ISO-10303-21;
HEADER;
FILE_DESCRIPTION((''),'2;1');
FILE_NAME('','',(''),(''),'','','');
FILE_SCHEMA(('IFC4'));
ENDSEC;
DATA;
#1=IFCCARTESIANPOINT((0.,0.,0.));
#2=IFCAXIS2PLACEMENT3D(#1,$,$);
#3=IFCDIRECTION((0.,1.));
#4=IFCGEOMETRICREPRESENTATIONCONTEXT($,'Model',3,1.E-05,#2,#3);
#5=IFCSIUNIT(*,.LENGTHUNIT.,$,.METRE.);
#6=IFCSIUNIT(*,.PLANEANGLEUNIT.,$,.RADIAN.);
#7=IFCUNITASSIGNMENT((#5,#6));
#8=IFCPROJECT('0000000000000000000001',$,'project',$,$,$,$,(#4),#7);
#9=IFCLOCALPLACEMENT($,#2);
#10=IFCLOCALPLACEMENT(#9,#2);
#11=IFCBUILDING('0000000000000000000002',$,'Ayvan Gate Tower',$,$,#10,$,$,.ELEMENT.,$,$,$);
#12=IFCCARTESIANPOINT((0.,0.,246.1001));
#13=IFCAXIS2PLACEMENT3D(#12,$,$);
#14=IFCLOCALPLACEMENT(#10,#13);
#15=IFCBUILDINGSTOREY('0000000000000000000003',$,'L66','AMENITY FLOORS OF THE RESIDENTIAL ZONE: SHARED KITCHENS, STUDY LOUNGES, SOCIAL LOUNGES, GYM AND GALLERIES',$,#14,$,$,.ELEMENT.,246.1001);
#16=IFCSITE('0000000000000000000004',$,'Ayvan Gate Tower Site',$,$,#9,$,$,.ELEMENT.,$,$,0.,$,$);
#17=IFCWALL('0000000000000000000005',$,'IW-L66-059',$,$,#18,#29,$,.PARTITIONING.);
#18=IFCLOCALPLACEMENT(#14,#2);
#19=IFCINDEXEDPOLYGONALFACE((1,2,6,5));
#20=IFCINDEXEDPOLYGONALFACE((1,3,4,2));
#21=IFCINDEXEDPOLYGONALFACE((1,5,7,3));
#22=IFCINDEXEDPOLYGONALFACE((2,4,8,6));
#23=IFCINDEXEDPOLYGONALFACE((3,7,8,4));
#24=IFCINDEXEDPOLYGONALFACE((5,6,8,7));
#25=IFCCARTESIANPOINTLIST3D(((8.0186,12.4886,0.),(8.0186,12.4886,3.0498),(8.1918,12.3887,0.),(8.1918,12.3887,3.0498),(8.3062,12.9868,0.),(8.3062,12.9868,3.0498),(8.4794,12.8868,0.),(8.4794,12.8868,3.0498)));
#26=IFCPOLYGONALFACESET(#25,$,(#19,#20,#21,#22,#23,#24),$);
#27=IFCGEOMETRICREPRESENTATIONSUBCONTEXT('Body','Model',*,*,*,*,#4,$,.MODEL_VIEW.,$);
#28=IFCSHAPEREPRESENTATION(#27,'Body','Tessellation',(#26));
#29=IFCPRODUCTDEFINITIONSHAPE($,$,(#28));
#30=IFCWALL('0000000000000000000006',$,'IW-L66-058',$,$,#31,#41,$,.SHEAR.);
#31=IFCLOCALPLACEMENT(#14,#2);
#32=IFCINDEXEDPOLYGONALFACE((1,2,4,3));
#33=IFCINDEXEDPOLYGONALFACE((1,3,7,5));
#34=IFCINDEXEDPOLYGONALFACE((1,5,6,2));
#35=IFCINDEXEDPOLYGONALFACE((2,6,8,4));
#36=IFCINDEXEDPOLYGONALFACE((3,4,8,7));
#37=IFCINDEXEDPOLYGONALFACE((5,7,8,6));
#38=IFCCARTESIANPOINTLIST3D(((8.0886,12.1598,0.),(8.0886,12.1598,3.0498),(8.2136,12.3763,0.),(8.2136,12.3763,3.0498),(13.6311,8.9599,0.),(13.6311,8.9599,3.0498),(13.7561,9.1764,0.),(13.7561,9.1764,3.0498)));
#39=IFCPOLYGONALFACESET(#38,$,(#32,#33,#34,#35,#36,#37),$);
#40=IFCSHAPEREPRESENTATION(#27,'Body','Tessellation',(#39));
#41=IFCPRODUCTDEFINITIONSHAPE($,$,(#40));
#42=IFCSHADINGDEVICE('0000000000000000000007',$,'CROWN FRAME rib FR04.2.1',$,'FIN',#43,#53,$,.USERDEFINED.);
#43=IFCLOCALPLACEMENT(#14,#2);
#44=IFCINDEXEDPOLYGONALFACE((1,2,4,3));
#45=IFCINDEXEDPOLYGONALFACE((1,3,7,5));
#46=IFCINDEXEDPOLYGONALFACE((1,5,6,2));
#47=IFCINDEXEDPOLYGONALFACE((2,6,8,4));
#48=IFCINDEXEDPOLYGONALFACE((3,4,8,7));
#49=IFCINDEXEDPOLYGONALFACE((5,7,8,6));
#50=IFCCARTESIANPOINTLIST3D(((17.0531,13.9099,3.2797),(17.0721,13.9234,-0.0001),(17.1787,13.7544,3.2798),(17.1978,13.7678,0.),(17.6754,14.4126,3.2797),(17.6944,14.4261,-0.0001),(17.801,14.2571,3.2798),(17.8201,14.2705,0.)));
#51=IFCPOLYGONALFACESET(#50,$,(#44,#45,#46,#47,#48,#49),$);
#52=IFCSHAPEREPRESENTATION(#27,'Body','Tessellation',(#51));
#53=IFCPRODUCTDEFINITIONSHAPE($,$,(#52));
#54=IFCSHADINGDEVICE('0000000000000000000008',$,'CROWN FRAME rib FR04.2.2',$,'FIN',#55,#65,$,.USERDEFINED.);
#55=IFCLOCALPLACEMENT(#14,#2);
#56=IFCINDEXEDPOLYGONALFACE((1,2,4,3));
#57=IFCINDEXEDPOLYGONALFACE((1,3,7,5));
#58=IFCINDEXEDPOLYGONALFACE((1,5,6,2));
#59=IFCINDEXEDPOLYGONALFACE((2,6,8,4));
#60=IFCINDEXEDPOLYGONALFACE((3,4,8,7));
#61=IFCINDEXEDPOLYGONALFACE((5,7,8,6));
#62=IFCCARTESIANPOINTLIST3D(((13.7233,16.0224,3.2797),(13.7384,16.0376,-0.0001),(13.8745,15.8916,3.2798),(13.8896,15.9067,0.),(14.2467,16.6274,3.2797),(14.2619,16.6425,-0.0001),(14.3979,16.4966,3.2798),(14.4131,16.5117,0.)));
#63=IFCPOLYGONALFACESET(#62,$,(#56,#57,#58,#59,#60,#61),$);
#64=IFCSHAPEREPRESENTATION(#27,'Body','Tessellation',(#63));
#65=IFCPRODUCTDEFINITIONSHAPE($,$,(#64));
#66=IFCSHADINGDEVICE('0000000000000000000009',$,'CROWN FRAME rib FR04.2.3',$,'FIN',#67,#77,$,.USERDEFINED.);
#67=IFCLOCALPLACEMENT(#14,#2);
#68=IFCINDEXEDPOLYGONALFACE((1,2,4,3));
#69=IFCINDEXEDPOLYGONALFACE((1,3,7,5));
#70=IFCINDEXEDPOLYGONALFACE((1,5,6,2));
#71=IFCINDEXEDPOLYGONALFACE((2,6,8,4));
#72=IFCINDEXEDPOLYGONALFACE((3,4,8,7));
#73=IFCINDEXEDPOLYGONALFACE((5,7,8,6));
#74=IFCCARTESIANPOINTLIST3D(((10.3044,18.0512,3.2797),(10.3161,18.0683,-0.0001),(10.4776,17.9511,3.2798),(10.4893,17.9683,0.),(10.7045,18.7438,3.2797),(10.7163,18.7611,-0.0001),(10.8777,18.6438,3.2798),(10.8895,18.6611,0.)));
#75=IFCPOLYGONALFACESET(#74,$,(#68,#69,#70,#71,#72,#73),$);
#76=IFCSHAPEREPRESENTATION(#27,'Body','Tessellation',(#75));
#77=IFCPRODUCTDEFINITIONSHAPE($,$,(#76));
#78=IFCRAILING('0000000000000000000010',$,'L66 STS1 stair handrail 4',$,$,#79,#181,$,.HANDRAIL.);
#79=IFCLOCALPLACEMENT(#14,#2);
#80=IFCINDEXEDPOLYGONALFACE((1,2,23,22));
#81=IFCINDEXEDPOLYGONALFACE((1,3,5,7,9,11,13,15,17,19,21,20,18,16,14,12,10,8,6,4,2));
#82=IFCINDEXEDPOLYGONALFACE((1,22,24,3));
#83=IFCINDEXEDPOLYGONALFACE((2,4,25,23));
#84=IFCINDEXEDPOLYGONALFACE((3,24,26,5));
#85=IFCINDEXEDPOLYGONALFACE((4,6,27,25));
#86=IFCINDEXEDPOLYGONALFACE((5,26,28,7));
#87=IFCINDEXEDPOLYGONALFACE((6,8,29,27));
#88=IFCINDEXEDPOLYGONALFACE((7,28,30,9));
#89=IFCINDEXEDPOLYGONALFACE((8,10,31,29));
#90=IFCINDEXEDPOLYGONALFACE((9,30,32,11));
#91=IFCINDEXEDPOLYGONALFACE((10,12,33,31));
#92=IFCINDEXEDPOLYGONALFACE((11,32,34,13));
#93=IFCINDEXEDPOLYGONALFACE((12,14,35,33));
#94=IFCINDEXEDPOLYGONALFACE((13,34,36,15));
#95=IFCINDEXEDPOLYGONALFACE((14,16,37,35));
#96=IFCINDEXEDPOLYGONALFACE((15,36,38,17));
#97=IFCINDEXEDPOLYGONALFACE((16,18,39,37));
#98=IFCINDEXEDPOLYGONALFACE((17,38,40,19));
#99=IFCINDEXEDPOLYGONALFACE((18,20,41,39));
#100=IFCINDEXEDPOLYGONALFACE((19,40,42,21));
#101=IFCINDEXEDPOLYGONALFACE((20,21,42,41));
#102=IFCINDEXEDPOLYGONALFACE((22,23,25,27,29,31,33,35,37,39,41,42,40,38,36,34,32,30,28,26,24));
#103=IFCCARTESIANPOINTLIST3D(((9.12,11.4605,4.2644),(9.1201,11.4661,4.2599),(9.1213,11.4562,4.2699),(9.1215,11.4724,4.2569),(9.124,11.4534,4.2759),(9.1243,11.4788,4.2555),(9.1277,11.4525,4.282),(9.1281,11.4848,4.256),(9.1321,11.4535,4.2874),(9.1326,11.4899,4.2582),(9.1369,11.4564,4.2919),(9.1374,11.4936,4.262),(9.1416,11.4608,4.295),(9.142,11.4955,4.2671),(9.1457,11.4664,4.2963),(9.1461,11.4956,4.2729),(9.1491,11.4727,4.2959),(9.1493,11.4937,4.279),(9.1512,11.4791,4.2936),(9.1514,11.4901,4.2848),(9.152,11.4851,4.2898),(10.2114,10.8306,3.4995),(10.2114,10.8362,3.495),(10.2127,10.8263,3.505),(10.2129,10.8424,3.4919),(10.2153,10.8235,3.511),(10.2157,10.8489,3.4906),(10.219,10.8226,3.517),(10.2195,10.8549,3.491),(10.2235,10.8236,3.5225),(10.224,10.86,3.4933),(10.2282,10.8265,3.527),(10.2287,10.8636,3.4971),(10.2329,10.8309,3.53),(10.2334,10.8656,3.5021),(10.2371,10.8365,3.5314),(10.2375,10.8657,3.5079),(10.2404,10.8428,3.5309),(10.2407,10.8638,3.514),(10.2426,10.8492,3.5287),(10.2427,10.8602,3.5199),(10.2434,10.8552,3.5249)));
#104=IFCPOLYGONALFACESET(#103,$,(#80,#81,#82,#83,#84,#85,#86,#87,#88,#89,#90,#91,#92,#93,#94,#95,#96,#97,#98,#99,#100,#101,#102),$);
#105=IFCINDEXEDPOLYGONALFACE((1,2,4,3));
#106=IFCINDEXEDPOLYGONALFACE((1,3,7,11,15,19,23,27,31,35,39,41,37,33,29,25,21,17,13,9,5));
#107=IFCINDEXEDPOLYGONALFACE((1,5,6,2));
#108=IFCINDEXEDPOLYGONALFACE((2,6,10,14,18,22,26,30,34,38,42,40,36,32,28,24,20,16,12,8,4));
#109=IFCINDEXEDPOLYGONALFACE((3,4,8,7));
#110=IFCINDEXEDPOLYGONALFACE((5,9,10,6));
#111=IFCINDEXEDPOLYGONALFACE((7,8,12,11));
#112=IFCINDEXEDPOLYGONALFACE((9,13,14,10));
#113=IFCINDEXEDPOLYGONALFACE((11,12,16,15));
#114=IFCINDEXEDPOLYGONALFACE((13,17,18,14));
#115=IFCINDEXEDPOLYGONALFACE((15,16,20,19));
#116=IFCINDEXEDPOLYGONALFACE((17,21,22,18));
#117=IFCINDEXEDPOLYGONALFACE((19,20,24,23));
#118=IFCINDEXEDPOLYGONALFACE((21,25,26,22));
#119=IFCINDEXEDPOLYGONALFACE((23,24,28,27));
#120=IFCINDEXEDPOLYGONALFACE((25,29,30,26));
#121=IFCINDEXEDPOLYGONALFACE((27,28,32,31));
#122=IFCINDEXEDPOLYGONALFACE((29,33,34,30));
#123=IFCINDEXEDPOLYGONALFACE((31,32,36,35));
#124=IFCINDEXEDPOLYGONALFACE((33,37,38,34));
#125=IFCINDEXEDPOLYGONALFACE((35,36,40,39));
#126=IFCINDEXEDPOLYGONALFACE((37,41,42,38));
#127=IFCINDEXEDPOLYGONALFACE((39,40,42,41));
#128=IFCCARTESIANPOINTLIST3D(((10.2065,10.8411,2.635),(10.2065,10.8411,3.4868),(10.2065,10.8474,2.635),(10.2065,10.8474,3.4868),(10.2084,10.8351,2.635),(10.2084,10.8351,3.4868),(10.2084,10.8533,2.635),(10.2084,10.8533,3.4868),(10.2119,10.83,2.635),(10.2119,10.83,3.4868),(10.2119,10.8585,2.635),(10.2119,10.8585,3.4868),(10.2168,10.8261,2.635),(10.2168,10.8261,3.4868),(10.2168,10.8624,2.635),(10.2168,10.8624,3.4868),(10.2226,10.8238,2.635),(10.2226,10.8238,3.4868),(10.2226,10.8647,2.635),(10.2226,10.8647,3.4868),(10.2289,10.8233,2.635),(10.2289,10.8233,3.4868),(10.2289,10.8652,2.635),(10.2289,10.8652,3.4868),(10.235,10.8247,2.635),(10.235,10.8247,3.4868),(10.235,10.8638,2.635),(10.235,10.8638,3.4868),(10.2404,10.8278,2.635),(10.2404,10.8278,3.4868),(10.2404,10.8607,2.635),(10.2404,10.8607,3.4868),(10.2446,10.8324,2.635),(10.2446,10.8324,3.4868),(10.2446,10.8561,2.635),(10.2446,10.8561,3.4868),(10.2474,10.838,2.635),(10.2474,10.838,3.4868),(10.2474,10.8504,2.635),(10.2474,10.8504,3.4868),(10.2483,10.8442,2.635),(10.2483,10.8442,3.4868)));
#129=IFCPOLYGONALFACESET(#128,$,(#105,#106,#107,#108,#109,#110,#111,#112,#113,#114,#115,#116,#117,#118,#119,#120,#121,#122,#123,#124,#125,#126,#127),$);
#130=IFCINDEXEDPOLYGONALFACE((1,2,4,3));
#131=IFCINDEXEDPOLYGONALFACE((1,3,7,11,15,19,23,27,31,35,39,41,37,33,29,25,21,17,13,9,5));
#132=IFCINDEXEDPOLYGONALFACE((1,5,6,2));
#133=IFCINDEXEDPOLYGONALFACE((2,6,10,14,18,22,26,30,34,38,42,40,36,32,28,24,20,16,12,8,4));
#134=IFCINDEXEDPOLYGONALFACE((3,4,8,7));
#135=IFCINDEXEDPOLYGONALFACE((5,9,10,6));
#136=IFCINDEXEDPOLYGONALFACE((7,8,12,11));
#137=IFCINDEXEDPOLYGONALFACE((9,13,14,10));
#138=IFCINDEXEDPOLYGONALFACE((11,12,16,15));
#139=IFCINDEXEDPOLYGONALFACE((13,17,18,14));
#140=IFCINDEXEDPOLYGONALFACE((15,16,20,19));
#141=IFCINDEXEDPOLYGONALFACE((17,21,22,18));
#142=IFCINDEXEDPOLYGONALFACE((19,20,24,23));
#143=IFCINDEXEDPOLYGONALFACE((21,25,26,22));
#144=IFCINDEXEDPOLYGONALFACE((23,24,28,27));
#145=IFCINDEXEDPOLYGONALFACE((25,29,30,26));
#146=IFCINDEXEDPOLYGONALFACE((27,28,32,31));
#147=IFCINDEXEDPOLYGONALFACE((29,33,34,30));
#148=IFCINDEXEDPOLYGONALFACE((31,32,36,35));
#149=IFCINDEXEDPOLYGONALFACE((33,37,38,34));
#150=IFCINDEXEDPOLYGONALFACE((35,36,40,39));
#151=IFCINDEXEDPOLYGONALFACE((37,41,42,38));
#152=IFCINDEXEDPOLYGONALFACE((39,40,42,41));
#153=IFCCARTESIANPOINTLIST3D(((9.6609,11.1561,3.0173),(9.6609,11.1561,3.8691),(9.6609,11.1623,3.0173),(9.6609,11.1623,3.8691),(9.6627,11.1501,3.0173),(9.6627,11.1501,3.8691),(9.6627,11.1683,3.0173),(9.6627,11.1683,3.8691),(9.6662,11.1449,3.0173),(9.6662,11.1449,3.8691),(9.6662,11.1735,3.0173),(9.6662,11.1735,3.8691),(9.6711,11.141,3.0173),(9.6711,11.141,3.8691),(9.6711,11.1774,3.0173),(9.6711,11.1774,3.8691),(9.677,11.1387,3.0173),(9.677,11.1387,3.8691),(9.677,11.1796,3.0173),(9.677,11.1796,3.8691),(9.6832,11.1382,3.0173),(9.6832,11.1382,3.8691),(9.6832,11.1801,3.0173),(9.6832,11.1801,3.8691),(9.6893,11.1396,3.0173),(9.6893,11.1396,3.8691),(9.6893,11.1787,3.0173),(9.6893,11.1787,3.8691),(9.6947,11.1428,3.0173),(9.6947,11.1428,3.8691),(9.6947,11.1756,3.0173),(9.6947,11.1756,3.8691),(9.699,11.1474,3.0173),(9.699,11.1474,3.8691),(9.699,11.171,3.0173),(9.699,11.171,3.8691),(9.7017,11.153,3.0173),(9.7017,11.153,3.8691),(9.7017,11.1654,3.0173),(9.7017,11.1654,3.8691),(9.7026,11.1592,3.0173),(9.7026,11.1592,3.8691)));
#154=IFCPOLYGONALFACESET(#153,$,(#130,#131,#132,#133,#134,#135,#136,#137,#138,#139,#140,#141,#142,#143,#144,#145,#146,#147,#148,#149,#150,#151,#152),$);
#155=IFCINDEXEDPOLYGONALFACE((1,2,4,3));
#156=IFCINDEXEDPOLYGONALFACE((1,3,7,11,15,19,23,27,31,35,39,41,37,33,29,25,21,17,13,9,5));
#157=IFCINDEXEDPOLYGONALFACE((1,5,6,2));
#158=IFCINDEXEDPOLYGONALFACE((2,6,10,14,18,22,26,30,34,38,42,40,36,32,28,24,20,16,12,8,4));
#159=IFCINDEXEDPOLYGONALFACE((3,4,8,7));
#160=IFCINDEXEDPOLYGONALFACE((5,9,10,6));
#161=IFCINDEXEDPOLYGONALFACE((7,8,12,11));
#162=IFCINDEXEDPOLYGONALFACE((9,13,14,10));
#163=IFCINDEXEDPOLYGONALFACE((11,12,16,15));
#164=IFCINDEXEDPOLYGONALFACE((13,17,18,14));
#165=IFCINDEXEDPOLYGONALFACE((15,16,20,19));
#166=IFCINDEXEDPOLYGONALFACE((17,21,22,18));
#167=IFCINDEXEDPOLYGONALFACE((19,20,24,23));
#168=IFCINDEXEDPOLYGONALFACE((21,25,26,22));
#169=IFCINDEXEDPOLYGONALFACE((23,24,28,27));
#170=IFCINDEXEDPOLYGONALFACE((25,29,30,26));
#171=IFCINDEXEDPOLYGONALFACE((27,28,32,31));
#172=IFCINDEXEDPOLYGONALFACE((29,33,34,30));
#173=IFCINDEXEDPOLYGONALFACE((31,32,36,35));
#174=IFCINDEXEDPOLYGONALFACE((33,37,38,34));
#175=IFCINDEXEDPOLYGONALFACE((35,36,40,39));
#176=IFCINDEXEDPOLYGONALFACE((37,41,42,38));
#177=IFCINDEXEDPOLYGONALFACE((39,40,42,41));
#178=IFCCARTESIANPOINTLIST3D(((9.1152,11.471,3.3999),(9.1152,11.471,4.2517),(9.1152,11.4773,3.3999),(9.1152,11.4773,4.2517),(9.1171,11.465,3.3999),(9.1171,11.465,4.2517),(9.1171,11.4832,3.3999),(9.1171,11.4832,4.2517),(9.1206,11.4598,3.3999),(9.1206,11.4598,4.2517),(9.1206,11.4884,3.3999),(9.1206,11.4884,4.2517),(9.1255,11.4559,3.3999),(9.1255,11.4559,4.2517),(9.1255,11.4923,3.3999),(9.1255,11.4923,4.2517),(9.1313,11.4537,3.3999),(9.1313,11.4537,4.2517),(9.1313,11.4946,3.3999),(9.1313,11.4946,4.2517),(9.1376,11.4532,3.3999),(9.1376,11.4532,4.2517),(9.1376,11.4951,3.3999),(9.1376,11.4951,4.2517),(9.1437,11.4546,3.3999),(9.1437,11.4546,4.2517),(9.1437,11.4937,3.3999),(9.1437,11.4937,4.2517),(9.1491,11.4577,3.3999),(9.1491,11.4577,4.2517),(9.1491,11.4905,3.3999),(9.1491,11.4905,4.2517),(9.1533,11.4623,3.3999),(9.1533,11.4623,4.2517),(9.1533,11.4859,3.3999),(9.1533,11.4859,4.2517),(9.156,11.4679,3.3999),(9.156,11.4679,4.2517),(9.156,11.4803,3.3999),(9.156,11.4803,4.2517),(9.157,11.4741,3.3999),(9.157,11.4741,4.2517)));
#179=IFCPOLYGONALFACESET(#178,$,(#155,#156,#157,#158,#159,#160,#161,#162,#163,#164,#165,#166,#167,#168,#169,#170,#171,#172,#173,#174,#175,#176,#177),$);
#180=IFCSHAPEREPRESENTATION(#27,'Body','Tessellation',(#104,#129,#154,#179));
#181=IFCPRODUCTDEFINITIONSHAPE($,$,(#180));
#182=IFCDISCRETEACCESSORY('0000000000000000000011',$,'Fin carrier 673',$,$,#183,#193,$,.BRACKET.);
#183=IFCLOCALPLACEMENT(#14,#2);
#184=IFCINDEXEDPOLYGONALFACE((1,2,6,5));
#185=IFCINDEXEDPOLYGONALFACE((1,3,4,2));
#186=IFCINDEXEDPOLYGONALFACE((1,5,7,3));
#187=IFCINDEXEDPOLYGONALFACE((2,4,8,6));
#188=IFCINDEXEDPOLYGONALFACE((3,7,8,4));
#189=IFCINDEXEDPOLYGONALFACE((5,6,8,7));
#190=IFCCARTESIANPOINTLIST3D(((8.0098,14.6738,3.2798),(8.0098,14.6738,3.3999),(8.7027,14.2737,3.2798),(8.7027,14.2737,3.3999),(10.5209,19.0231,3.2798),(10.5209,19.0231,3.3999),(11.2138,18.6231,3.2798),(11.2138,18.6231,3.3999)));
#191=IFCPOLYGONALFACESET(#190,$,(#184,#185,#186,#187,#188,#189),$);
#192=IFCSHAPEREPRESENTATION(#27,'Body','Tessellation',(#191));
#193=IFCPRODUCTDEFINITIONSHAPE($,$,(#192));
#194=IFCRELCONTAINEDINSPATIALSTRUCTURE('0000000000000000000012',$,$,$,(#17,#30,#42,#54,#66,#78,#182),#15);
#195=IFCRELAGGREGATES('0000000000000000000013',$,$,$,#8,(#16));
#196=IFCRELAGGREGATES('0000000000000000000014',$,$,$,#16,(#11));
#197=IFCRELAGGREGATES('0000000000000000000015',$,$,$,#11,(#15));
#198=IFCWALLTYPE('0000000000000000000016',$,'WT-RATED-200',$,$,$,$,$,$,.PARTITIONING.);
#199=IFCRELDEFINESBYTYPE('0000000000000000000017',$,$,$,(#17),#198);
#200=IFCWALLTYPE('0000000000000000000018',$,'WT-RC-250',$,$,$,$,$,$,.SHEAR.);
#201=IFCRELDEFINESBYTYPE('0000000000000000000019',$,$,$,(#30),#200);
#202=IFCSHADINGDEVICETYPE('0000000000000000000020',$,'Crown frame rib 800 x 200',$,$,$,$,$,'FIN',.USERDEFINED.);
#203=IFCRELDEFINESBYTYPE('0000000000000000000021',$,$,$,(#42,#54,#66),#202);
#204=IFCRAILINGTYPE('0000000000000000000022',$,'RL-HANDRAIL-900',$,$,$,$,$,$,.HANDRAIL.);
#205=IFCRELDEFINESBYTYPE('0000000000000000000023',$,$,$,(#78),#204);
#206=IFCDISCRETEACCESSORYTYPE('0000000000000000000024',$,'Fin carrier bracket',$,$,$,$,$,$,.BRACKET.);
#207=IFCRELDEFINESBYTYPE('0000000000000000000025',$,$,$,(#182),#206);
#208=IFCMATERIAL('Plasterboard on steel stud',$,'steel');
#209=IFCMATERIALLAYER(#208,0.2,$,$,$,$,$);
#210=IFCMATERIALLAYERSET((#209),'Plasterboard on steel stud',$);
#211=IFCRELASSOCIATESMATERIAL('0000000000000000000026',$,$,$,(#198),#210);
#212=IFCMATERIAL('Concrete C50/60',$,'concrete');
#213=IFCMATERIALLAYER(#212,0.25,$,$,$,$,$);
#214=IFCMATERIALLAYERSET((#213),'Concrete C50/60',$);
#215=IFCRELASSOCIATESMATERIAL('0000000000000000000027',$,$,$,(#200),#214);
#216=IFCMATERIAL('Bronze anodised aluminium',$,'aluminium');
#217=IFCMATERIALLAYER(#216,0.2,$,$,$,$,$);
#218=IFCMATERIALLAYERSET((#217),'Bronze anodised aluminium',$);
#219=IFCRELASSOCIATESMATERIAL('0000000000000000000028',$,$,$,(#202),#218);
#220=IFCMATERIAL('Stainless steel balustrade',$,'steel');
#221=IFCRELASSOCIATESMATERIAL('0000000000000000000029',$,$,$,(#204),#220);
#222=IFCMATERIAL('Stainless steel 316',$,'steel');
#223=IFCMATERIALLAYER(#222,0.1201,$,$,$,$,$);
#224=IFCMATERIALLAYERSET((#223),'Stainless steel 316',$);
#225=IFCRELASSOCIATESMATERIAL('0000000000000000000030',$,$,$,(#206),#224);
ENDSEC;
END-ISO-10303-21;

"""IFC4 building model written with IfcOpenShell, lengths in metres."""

from ifc_helpers import new_model, si_unit, direction, frame, frame_2d, origin, origin_2d, place, context, subcontext, project, spatial, polyline, rectangle, circle, outline, extrude, material, layer, layer_set, type_object, element, save


model = new_model("IFC4")

# Units and contexts
model_context = context("Model", 3, precision=1e-05, world=origin(), true_north=direction((0.0, 1.0)))
body_context = subcontext(model_context, "Body", "Model", "MODEL_VIEW")
ifc_project = project(units=[si_unit("LENGTHUNIT", "METRE"), si_unit("PLANEANGLEUNIT", "RADIAN")], contexts=[model_context])

# Site, building, storey
site_placement = place(None, origin())
site = spatial("IfcSite", under=ifc_project, at=site_placement, Name="Ayvan Gate Tower Site", CompositionType="ELEMENT", RefElevation=0.0)
building_placement = place(site_placement, origin())
building = spatial("IfcBuilding", under=site, at=building_placement, Name="Ayvan Gate Tower", CompositionType="ELEMENT")
storey_placement = place(building_placement, frame((0.0, 0.0, 246.1001)))
storey = spatial("IfcBuildingStorey", under=building, at=storey_placement, Name="L66", Description="AMENITY FLOORS OF THE RESIDENTIAL ZONE: SHARED KITCHENS, STUDY LOUNGES, SOCIAL LOUNGES, GYM AND GALLERIES", CompositionType="ELEMENT", Elevation=246.1001)

# Shared definitions
ifc_material_1 = material(Name="Concrete C50/60", Category="concrete")

# Shared definitions
ifc_material_2 = material(Name="Bronze anodised aluminium", Category="aluminium")

# Walls
ifc_material_3 = material(Name="Plasterboard on steel stud", Category="steel")
ifc_layer_1 = layer(ifc_material_3, 0.2)
ifc_layer_set_1 = layer_set([ifc_layer_1], Name="Plasterboard on steel stud")
wall_type_1 = type_object("IfcWallType", Name="WT-RATED-200", PredefinedType="PARTITIONING", material=ifc_layer_set_1)
wall_1_placement = place(storey_placement, frame((8.3928, 12.9368, 0.0), z_axis=(0.0, 0.0, 1.0), x_axis=(-0.500065, -0.865988, 0.0)))
element("IfcWall", 1, at=wall_1_placement, inside=storey, type_object=wall_type_1, Name="IW-L66-059", PredefinedType="PARTITIONING", context=body_context, shape_type="SweptSolid", body=[
    extrude(rectangle(XDim=0.5752, YDim=0.2, at=frame_2d((0.2876, 0.0))), origin(), (0.0, 0.0, 1.0), 3.0498),
])
ifc_layer_2 = layer(ifc_material_1, 0.25)
ifc_layer_set_2 = layer_set([ifc_layer_2], Name="Concrete C50/60")
wall_type_2 = type_object("IfcWallType", Name="WT-RC-250", PredefinedType="SHEAR", material=ifc_layer_set_2)
wall_2_placement = place(storey_placement, frame((8.1511, 12.2681, 0.0), z_axis=(0.0, 0.0, 1.0), x_axis=(0.866025, -0.5, 0.0)))
element("IfcWall", 2, at=wall_2_placement, inside=storey, type_object=wall_type_2, Name="IW-L66-058", PredefinedType="SHEAR", context=body_context, shape_type="SweptSolid", body=[
    extrude(rectangle(XDim=6.3999, YDim=0.25, at=frame_2d((3.2, 0.0))), origin(), (0.0, 0.0, 1.0), 3.0498),
])

# Shading devices
ifc_layer_3 = layer(ifc_material_2, 0.2)
ifc_layer_set_3 = layer_set([ifc_layer_3], Name="Bronze anodised aluminium")
shading_device_type = type_object("IfcShadingDeviceType", Name="Crown frame rib 800 x 200", ElementType="FIN", PredefinedType="USERDEFINED", material=ifc_layer_set_3)
shading_device_1_placement = place(storey_placement, frame((17.1978, 13.7678, 0.0), z_axis=(0.628373, -0.777912, 0.000464), x_axis=(0.777912, 0.628373, 0.0)))
element("IfcShadingDevice", 3, at=shading_device_1_placement, inside=storey, type_object=shading_device_type, Name="CROWN FRAME rib FR04.2.1", ObjectType="FIN", PredefinedType="USERDEFINED", context=body_context, shape_type="SweptSolid", body=[
    extrude(outline(polyline([(0.0, 0.0), (0.8, 0.0), (0.7767, 3.2798), (-0.0233, 3.2798), (0.0, 0.0)])), origin(), (0.0, 0.0, -1.0), 0.2),
])
shading_device_2_placement = place(storey_placement, frame((13.8896, 15.9067, 0.0), z_axis=(0.756232, -0.654303, 0.00047), x_axis=(0.654303, 0.756233, 0.0)))
element("IfcShadingDevice", 4, at=shading_device_2_placement, inside=storey, type_object=shading_device_type, Name="CROWN FRAME rib FR04.2.2", ObjectType="FIN", PredefinedType="USERDEFINED", context=body_context, shape_type="SweptSolid", body=[
    extrude(outline(polyline([(0.0, 0.0), (0.8, 0.0), (0.7786, 3.2798), (-0.0214, 3.2798), (0.0, 0.0)])), origin(), (0.0, 0.0, -1.0), 0.2),
])
shading_device_3_placement = place(storey_placement, frame((10.4893, 17.9683, 0.0), z_axis=(0.865924, -0.500176, 0.000469), x_axis=(0.500176, 0.865924, 0.0)))
element("IfcShadingDevice", 5, at=shading_device_3_placement, inside=storey, type_object=shading_device_type, Name="CROWN FRAME rib FR04.2.3", ObjectType="FIN", PredefinedType="USERDEFINED", context=body_context, shape_type="SweptSolid", body=[
    extrude(outline(polyline([(0.0, 0.0), (0.8001, 0.0), (0.7792, 3.2798), (-0.0207, 3.2798), (0.0, 0.0)])), origin(), (0.0, 0.0, -1.0), 0.2),
])

# Railing
ifc_material_4 = material(Name="Stainless steel balustrade", Category="steel")
railing_type = type_object("IfcRailingType", Name="RL-HANDRAIL-900", PredefinedType="HANDRAIL", material=ifc_material_4)
railing_placement = place(storey_placement, frame((10.2273, 10.8442, 2.635)))
element("IfcRailing", 6, at=railing_placement, inside=storey, type_object=railing_type, Name="L66 STS1 stair handrail 4", PredefinedType="HANDRAIL", context=body_context, shape_type="SweptSolid", body=[
    extrude(circle(Radius=0.0239, at=origin_2d()), frame((0.0, 0.0, 0.876), z_axis=(-0.740357, 0.42732, 0.518912), x_axis=(-0.49989, -0.866089, 0.0)), (0.0, 0.0, 1.0), 1.4741),
    extrude(circle(Radius=0.021, at=origin_2d()), origin(), (0.0, 0.0, 1.0), 0.8518),
    extrude(circle(Radius=0.021, at=origin_2d()), frame((-0.5457, 0.3149, 0.3823)), (0.0, 0.0, 1.0), 0.8518),
    extrude(circle(Radius=0.021, at=origin_2d()), frame((-1.0913, 0.6299, 0.7649)), (0.0, 0.0, 1.0), 0.8518),
])

# Discrete accessory
ifc_material_5 = material(Name="Stainless steel 316", Category="steel")
ifc_layer_4 = layer(ifc_material_5, 0.1201)
ifc_layer_set_4 = layer_set([ifc_layer_4], Name="Stainless steel 316")
discrete_accessory_type = type_object("IfcDiscreteAccessoryType", Name="Fin carrier bracket", PredefinedType="BRACKET", material=ifc_layer_set_4)
discrete_accessory_1_placement = place(storey_placement, frame((9.6118, 16.6484, 3.2798), z_axis=(0.0, 0.0, 1.0), x_axis=(-0.866025, 0.5, 0.0)))
element("IfcDiscreteAccessory", 7, at=discrete_accessory_1_placement, inside=storey, type_object=discrete_accessory_type, Name="Fin carrier 673", PredefinedType="BRACKET", context=body_context, shape_type="SweptSolid", body=[
    extrude(rectangle(XDim=0.8, YDim=5.0222, at=origin_2d()), origin(), (0.0, 0.0, 1.0), 0.1201),
])

save(model, "model.ifc")
